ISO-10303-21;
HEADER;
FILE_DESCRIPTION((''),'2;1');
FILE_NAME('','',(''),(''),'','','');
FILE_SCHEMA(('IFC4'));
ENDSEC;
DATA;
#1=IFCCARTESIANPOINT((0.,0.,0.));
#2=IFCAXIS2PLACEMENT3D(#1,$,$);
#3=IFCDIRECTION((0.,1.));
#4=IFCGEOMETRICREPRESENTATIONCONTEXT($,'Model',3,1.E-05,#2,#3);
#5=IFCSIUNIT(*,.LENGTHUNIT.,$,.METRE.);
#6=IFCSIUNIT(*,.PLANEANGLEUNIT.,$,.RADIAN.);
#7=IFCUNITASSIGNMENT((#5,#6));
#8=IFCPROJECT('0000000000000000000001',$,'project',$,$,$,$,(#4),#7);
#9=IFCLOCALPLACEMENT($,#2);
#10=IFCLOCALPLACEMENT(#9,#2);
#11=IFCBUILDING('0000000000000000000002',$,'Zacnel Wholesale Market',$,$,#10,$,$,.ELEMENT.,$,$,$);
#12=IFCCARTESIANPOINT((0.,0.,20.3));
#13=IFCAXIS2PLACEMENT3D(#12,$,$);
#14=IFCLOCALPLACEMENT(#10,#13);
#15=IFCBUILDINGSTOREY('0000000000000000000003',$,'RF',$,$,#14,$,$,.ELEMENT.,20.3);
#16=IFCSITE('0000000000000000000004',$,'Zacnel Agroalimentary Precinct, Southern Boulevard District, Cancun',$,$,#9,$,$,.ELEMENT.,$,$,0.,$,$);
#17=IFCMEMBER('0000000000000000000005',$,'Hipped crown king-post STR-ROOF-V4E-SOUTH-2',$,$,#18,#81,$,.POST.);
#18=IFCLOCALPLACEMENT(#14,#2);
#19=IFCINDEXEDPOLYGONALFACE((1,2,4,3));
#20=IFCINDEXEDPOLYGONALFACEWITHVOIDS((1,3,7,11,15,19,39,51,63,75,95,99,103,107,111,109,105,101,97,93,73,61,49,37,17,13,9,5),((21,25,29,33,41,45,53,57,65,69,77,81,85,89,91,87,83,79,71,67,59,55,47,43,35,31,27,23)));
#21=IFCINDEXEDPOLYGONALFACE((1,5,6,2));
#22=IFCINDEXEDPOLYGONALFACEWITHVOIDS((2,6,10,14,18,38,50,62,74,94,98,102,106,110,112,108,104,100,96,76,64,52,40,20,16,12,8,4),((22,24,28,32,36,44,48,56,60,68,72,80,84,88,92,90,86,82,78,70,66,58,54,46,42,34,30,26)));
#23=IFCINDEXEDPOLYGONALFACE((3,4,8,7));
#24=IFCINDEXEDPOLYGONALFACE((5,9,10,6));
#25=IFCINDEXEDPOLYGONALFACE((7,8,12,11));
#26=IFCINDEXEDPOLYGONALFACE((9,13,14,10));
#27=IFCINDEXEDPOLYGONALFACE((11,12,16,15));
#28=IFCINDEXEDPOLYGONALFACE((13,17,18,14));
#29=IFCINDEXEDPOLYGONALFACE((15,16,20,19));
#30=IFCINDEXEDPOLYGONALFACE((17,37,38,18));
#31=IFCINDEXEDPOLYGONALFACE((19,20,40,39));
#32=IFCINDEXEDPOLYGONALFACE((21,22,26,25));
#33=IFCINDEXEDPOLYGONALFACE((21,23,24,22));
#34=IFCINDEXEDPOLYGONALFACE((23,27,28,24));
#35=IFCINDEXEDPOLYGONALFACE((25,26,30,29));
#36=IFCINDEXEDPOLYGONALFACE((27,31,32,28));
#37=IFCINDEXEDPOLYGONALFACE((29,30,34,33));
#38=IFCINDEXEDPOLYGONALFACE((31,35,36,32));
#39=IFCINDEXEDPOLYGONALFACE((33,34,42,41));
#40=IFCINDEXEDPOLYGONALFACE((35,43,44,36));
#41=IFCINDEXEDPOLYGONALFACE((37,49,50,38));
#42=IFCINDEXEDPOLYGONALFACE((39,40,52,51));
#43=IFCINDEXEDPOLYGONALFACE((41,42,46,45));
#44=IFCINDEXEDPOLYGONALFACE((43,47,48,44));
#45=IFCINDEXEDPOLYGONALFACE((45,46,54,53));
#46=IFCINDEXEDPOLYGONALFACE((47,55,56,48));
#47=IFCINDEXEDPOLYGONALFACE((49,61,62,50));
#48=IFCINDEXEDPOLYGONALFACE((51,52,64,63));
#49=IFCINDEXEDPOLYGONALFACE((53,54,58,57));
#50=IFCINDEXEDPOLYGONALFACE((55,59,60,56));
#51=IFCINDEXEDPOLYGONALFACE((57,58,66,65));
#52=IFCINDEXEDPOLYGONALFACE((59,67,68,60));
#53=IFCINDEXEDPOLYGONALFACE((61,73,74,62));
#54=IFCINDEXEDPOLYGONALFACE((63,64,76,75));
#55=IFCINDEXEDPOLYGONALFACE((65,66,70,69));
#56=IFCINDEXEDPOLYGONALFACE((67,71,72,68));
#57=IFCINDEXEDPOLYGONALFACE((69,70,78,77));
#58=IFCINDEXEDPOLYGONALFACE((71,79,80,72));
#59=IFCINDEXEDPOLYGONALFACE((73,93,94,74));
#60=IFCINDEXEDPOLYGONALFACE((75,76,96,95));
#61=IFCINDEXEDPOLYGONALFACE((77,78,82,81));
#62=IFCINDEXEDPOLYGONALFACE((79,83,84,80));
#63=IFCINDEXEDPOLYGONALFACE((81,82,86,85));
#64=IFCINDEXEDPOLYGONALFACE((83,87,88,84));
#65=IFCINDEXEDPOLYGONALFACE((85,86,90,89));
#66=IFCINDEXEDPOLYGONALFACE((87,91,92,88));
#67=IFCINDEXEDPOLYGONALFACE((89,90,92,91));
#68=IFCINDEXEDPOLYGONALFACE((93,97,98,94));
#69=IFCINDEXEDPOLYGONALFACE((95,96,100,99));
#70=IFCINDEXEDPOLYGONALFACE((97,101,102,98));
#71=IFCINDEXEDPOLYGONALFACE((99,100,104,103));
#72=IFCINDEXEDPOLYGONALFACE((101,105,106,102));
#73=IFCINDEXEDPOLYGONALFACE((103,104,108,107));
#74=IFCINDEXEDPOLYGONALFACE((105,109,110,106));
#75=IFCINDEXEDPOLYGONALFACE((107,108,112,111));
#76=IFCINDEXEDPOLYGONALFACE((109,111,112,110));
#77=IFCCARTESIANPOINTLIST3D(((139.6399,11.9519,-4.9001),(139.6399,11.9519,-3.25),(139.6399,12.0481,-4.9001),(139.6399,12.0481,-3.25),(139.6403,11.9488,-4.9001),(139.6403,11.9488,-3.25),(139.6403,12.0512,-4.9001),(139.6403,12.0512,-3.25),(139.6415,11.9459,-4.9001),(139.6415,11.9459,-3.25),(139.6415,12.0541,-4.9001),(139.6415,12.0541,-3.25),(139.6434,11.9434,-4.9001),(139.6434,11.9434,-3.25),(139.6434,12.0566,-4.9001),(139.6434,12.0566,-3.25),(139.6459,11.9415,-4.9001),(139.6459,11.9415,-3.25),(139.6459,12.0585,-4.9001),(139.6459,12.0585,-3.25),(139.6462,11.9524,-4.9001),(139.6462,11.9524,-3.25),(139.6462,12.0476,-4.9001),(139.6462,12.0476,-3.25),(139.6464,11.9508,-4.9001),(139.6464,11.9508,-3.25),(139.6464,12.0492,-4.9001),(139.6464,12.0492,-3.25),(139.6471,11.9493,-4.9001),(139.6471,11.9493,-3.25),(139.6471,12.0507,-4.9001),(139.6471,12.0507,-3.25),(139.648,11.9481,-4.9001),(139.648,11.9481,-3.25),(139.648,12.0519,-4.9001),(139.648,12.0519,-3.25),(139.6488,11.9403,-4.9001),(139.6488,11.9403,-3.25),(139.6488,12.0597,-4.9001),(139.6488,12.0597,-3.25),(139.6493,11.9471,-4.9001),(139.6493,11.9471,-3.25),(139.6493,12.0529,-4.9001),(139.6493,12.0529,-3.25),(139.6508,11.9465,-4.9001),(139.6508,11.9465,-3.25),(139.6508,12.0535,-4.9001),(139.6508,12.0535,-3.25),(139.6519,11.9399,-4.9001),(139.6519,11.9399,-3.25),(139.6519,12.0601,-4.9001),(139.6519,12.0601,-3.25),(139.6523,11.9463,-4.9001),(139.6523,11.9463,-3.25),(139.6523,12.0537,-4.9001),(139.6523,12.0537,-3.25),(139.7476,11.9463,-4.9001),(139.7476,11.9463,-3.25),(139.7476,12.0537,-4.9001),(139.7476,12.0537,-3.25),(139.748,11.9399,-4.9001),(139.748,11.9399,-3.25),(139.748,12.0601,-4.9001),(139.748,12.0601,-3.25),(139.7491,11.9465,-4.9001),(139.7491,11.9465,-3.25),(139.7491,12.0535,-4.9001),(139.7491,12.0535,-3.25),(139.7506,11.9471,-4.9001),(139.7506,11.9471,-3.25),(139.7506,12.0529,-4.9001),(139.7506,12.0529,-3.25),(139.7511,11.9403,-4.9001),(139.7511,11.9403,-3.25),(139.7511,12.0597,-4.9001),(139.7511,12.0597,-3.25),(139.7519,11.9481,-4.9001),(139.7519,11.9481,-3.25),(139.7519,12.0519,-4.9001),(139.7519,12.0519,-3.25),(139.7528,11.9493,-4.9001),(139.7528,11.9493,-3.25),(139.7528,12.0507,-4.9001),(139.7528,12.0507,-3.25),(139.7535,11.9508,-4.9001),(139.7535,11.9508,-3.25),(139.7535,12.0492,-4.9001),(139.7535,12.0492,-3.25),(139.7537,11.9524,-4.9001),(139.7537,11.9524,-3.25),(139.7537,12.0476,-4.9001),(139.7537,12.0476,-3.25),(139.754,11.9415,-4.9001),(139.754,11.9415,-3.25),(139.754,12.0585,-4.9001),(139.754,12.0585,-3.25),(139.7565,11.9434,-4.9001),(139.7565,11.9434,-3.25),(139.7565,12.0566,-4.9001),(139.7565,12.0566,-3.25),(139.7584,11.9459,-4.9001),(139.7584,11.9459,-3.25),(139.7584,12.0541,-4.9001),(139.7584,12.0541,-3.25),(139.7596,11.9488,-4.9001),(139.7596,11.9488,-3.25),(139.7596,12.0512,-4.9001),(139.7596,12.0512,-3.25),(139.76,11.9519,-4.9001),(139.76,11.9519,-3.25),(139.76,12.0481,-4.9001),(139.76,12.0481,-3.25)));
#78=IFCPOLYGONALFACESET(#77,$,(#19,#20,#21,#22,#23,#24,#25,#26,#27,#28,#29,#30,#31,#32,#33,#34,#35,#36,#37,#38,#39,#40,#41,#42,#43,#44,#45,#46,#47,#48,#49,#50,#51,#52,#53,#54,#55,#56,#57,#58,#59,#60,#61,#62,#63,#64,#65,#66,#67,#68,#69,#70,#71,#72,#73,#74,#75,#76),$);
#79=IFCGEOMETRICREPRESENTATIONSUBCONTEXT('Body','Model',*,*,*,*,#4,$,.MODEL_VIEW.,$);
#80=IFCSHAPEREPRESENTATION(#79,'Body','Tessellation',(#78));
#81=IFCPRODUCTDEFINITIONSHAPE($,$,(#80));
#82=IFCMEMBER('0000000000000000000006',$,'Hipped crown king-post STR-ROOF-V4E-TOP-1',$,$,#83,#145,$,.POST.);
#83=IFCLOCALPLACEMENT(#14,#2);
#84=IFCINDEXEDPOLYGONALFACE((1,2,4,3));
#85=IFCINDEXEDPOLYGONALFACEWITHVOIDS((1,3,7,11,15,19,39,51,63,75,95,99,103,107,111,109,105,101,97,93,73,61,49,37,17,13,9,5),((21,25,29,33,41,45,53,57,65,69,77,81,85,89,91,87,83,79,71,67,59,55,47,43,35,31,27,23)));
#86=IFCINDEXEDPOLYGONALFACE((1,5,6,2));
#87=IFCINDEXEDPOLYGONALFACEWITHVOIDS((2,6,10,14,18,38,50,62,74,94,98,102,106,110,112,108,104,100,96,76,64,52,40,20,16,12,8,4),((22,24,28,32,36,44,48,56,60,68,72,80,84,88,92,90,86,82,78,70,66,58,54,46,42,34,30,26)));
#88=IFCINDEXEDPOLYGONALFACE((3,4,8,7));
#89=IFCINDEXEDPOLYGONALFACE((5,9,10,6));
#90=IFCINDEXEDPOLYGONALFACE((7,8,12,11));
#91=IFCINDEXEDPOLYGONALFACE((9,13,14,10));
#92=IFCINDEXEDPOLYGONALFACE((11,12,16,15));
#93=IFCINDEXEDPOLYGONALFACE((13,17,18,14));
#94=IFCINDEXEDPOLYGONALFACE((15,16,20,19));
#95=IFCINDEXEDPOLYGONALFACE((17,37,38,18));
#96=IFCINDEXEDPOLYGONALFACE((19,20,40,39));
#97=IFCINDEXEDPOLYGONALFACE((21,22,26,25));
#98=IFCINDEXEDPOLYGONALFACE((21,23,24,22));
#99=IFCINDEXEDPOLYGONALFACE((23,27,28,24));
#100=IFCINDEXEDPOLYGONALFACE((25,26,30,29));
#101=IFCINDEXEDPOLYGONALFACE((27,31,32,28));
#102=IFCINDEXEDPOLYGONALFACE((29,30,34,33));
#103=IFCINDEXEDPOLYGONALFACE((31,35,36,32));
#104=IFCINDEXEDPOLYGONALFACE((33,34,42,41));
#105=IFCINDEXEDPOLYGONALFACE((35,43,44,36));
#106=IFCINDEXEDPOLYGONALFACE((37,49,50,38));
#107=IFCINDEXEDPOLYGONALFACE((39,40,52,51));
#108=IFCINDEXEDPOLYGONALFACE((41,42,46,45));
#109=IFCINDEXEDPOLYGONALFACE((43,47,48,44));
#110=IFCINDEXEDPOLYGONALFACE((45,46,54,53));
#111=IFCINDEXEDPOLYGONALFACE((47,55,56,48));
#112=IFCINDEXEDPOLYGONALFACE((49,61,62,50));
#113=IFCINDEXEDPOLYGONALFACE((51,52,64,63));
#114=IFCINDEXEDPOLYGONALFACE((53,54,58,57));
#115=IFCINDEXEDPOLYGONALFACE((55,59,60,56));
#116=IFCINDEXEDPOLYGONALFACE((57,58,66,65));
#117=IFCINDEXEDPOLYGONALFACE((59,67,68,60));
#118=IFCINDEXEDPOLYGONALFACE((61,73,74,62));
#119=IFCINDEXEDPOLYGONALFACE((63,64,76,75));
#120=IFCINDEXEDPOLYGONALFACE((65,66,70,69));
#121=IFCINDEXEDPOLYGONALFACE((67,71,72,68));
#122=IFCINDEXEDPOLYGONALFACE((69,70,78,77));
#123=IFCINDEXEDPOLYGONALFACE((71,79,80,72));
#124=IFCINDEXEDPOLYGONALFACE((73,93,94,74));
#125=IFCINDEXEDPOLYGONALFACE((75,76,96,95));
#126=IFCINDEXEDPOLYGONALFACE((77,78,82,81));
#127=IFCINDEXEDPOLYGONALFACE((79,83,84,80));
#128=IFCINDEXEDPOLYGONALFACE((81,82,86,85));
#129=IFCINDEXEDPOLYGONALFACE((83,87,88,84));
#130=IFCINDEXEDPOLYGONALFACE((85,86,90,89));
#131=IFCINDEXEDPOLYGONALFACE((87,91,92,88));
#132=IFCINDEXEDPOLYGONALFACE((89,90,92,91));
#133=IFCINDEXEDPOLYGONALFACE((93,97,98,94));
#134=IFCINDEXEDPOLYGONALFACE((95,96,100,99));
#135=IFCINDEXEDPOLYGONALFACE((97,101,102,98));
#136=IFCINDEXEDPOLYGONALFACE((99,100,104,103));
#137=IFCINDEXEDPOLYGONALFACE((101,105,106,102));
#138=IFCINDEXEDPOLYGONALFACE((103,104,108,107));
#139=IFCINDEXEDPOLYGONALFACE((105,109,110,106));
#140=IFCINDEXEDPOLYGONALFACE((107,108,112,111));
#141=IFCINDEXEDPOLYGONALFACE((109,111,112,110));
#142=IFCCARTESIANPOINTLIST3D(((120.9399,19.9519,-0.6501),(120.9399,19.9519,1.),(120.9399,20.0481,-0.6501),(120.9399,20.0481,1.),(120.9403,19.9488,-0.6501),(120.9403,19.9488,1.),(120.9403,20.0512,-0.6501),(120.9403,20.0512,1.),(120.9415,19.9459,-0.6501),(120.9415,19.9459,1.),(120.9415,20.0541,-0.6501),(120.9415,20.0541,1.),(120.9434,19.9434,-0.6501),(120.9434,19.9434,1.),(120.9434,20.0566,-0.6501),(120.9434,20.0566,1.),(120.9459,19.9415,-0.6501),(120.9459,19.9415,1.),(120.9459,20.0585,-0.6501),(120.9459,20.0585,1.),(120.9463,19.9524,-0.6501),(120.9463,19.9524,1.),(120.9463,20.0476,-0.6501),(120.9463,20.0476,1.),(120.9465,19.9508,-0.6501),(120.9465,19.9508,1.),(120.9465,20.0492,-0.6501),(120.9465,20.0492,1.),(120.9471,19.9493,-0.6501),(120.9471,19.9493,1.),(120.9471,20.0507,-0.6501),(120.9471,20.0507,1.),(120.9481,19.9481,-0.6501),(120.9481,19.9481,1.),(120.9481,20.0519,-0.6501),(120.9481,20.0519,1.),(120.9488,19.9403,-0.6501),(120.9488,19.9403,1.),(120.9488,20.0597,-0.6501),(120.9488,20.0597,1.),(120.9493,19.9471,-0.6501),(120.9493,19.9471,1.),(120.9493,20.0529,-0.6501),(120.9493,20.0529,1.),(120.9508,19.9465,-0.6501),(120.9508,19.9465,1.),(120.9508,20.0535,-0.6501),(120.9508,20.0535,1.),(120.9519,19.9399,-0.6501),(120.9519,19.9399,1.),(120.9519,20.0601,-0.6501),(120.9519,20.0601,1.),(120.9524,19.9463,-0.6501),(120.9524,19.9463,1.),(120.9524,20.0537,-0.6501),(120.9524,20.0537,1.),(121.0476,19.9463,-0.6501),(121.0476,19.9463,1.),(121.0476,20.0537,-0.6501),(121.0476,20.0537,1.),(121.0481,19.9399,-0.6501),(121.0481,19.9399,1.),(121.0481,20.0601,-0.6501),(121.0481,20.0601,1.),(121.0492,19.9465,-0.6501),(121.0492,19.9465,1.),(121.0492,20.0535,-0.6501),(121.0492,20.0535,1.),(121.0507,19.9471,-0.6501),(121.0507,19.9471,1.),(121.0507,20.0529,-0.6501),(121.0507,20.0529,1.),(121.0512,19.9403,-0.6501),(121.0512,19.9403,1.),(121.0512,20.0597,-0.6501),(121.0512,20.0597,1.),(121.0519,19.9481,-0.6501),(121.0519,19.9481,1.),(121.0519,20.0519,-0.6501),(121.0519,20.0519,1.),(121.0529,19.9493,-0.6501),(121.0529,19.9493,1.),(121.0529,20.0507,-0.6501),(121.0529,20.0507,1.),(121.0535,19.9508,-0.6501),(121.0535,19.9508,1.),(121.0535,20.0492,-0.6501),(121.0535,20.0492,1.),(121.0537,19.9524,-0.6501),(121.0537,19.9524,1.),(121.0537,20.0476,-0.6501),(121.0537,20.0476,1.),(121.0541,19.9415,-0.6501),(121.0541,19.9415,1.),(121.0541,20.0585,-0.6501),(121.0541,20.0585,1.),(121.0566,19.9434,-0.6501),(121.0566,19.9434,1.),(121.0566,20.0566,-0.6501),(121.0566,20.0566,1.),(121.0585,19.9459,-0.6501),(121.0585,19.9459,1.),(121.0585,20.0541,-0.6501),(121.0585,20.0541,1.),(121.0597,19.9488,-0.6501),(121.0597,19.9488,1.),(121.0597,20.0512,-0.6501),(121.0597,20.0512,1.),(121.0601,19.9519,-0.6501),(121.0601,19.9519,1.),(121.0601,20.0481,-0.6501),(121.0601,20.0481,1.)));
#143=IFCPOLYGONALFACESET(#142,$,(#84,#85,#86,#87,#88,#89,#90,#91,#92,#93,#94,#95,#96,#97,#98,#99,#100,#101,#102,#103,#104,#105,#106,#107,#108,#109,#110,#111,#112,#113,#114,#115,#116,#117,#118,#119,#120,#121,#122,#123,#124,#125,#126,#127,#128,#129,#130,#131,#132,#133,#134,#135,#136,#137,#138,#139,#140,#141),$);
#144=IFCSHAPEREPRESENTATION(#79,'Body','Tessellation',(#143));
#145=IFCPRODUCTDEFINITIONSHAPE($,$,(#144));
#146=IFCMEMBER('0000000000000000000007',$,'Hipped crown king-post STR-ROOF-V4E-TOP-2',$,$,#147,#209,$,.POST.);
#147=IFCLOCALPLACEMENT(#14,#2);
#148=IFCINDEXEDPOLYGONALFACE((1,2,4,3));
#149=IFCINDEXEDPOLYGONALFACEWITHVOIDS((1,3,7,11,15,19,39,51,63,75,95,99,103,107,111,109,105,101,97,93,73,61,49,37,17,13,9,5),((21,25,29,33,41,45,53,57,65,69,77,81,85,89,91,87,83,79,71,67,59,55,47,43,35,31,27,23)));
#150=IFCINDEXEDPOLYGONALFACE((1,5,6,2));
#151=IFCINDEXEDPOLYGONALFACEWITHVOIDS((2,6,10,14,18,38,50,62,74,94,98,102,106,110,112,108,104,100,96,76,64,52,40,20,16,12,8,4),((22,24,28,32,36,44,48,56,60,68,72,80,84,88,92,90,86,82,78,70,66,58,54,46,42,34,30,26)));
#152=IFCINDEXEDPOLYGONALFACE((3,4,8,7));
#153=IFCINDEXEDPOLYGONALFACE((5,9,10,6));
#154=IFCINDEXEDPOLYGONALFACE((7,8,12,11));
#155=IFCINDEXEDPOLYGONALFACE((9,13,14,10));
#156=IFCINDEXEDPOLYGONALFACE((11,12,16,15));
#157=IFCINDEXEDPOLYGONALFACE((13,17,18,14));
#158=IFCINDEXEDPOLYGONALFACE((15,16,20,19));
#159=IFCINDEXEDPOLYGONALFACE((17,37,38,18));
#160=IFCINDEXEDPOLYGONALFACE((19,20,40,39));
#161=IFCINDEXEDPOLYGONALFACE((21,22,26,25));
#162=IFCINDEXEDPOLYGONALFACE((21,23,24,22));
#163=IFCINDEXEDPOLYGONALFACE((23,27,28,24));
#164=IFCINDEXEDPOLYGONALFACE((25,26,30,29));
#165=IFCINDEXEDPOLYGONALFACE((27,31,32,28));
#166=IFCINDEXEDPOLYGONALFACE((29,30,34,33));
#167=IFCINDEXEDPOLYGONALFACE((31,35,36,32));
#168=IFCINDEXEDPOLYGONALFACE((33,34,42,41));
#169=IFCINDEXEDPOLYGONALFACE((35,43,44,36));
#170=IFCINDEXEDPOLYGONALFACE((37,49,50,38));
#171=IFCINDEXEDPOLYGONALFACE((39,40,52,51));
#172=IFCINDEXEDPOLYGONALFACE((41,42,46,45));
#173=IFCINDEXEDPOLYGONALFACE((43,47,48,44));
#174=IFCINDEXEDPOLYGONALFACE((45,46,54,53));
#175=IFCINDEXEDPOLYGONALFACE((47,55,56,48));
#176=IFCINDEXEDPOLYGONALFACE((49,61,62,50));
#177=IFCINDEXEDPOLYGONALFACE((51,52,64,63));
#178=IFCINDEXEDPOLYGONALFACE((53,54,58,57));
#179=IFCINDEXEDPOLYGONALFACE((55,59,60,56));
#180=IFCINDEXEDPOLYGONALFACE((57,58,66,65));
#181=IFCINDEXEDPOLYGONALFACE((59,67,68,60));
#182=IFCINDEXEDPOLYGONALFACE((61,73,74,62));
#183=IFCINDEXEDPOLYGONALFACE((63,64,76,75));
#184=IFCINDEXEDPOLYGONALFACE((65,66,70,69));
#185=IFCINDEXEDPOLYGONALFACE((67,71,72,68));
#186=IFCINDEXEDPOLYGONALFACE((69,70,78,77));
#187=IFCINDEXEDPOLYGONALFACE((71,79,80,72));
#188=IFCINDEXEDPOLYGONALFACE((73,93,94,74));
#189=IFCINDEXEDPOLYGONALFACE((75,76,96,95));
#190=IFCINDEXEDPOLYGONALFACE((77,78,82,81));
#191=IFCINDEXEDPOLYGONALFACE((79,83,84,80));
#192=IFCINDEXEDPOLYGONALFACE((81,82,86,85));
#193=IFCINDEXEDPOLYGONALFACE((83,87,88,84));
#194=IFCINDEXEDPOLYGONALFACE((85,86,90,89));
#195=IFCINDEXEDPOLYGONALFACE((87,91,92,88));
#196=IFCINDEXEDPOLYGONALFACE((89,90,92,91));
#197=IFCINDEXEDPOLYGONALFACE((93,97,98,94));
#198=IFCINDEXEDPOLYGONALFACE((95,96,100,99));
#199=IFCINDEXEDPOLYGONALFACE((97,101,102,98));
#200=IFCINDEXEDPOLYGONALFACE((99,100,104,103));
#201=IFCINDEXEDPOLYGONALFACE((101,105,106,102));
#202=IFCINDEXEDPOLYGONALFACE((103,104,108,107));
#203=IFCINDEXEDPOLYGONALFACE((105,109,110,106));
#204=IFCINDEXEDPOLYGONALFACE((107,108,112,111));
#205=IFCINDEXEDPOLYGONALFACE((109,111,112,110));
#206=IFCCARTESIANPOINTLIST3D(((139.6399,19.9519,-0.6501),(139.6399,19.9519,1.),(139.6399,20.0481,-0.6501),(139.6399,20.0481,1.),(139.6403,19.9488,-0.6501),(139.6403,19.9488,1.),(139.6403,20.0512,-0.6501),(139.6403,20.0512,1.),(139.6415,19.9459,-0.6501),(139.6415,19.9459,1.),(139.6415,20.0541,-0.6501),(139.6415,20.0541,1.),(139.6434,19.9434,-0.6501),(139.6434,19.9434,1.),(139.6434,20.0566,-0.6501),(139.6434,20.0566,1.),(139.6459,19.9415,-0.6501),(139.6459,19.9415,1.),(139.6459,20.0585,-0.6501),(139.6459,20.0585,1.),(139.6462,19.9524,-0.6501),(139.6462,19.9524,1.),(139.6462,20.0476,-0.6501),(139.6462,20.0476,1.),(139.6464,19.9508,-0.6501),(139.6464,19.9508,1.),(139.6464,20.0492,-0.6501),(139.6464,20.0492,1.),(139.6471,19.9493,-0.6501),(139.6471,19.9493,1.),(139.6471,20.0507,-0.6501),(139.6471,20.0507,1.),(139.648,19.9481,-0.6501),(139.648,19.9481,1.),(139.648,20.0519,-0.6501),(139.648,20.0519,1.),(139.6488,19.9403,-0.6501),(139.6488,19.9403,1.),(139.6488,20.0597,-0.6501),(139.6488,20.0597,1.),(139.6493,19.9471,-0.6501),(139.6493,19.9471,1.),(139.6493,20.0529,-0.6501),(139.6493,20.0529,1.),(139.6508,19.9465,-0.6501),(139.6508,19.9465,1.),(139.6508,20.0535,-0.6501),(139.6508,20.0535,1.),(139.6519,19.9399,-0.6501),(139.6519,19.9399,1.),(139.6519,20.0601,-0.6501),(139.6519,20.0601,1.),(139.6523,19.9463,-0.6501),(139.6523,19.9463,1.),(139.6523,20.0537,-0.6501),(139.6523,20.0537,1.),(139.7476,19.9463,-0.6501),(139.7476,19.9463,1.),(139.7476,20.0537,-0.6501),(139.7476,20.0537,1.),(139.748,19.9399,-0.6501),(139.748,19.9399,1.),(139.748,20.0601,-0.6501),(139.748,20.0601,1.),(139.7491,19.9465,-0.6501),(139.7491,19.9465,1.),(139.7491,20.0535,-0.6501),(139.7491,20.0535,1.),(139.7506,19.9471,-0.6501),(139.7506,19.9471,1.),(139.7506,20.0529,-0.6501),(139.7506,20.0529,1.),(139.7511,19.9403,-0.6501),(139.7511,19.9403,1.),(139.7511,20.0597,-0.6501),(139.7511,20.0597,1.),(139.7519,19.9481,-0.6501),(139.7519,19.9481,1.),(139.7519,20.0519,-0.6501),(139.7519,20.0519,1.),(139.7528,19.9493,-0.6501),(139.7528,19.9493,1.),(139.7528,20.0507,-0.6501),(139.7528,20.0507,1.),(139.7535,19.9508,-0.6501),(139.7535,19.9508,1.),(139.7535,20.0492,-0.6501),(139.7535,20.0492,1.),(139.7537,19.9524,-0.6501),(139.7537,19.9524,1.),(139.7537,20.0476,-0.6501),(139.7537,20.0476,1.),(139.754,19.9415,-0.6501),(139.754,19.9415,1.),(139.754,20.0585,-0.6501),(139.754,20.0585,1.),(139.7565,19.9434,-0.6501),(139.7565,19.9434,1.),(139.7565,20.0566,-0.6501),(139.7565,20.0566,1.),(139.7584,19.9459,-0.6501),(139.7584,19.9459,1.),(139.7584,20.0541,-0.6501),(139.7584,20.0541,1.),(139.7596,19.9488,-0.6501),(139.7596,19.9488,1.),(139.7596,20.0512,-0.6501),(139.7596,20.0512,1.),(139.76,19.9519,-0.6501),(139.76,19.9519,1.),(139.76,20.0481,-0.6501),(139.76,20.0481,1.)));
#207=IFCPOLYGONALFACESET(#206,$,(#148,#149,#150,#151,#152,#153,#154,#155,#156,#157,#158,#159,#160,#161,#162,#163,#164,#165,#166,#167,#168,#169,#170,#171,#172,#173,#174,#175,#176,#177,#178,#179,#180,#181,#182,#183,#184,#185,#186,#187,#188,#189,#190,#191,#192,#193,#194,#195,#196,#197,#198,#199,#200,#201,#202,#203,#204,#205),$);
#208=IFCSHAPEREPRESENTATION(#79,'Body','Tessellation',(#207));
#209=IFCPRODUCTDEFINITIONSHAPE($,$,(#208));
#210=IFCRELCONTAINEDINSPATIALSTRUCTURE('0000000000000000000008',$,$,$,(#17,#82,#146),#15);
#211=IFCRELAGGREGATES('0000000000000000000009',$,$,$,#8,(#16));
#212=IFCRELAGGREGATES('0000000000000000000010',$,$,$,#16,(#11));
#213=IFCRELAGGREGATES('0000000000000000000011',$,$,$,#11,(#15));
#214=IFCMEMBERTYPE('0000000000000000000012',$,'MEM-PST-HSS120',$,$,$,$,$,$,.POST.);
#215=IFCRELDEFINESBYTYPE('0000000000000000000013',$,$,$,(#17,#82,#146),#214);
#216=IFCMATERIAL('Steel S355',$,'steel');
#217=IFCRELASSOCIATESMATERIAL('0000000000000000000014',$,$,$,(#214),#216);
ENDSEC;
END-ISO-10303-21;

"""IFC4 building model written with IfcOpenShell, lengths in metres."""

from ifc_helpers import new_model, si_unit, direction, frame, origin, origin_2d, place, context, subcontext, project, spatial, hollow_rectangle, extrude, material, material_profile, profile_set, type_object, element, save


model = new_model("IFC4")

# Units and contexts
model_context = context("Model", 3, precision=1e-05, world=origin(), true_north=direction((0.0, 1.0)))
body_context = subcontext(model_context, "Body", "Model", "MODEL_VIEW")
ifc_project = project(units=[si_unit("LENGTHUNIT", "METRE"), si_unit("PLANEANGLEUNIT", "RADIAN")], contexts=[model_context])

# Site, building, storey
site_placement = place(None, origin())
site = spatial("IfcSite", under=ifc_project, at=site_placement, Name="Zacnel Agroalimentary Precinct, Southern Boulevard District, Cancun", CompositionType="ELEMENT", RefElevation=0.0)
building_placement = place(site_placement, origin())
building = spatial("IfcBuilding", under=site, at=building_placement, Name="Zacnel Wholesale Market", CompositionType="ELEMENT")
storey_placement = place(building_placement, frame((0.0, 0.0, 20.3)))
storey = spatial("IfcBuildingStorey", under=building, at=storey_placement, Name="RF", CompositionType="ELEMENT", Elevation=20.3)

# Members
ifc_material_1 = material(Name="Steel S355", Category="steel")
ifc_material_profile_1 = material_profile(ifc_material_1, hollow_rectangle(XDim=0.1201, YDim=0.1201, WallThickness=0.0063, InnerFilletRadius=0.0061, OuterFilletRadius=0.012, at=origin_2d()), Name="HSS 120x120x6.3")
ifc_profile_set_1 = profile_set([ifc_material_profile_1], Name="Steel S355")
member_type_1 = type_object("IfcMemberType", Name="MEM-PST-HSS120", PredefinedType="POST", material=ifc_profile_set_1)
for number, where, z_axis, x_axis, name in (
    (1, (139.7, 12.0, -4.9001), (0.0, 0.0, 1.0), (1.0, 0.0, 0.0), "Hipped crown king-post STR-ROOF-V4E-SOUTH-2"),
    (2, (121.0, 20.0, -0.6501), (0.0, 0.0, 1.0), (1.0, 0.0, 0.0), "Hipped crown king-post STR-ROOF-V4E-TOP-1"),
    (3, (139.7, 20.0, -0.6501), (0.0, 0.0, 1.0), (1.0, 0.0, 0.0), "Hipped crown king-post STR-ROOF-V4E-TOP-2"),
):
    element("IfcMember", number, at=place(storey_placement, frame(where, z_axis=z_axis, x_axis=x_axis)), inside=storey, type_object=member_type_1, Name=name, PredefinedType="POST", context=body_context, shape_type="SweptSolid", body=[
        extrude(hollow_rectangle(XDim=0.1201, YDim=0.1201, WallThickness=0.0063, InnerFilletRadius=0.0061, OuterFilletRadius=0.012, at=origin_2d()), origin(), (0.0, 0.0, 1.0), 1.6501),
    ])

save(model, "model.ifc")
